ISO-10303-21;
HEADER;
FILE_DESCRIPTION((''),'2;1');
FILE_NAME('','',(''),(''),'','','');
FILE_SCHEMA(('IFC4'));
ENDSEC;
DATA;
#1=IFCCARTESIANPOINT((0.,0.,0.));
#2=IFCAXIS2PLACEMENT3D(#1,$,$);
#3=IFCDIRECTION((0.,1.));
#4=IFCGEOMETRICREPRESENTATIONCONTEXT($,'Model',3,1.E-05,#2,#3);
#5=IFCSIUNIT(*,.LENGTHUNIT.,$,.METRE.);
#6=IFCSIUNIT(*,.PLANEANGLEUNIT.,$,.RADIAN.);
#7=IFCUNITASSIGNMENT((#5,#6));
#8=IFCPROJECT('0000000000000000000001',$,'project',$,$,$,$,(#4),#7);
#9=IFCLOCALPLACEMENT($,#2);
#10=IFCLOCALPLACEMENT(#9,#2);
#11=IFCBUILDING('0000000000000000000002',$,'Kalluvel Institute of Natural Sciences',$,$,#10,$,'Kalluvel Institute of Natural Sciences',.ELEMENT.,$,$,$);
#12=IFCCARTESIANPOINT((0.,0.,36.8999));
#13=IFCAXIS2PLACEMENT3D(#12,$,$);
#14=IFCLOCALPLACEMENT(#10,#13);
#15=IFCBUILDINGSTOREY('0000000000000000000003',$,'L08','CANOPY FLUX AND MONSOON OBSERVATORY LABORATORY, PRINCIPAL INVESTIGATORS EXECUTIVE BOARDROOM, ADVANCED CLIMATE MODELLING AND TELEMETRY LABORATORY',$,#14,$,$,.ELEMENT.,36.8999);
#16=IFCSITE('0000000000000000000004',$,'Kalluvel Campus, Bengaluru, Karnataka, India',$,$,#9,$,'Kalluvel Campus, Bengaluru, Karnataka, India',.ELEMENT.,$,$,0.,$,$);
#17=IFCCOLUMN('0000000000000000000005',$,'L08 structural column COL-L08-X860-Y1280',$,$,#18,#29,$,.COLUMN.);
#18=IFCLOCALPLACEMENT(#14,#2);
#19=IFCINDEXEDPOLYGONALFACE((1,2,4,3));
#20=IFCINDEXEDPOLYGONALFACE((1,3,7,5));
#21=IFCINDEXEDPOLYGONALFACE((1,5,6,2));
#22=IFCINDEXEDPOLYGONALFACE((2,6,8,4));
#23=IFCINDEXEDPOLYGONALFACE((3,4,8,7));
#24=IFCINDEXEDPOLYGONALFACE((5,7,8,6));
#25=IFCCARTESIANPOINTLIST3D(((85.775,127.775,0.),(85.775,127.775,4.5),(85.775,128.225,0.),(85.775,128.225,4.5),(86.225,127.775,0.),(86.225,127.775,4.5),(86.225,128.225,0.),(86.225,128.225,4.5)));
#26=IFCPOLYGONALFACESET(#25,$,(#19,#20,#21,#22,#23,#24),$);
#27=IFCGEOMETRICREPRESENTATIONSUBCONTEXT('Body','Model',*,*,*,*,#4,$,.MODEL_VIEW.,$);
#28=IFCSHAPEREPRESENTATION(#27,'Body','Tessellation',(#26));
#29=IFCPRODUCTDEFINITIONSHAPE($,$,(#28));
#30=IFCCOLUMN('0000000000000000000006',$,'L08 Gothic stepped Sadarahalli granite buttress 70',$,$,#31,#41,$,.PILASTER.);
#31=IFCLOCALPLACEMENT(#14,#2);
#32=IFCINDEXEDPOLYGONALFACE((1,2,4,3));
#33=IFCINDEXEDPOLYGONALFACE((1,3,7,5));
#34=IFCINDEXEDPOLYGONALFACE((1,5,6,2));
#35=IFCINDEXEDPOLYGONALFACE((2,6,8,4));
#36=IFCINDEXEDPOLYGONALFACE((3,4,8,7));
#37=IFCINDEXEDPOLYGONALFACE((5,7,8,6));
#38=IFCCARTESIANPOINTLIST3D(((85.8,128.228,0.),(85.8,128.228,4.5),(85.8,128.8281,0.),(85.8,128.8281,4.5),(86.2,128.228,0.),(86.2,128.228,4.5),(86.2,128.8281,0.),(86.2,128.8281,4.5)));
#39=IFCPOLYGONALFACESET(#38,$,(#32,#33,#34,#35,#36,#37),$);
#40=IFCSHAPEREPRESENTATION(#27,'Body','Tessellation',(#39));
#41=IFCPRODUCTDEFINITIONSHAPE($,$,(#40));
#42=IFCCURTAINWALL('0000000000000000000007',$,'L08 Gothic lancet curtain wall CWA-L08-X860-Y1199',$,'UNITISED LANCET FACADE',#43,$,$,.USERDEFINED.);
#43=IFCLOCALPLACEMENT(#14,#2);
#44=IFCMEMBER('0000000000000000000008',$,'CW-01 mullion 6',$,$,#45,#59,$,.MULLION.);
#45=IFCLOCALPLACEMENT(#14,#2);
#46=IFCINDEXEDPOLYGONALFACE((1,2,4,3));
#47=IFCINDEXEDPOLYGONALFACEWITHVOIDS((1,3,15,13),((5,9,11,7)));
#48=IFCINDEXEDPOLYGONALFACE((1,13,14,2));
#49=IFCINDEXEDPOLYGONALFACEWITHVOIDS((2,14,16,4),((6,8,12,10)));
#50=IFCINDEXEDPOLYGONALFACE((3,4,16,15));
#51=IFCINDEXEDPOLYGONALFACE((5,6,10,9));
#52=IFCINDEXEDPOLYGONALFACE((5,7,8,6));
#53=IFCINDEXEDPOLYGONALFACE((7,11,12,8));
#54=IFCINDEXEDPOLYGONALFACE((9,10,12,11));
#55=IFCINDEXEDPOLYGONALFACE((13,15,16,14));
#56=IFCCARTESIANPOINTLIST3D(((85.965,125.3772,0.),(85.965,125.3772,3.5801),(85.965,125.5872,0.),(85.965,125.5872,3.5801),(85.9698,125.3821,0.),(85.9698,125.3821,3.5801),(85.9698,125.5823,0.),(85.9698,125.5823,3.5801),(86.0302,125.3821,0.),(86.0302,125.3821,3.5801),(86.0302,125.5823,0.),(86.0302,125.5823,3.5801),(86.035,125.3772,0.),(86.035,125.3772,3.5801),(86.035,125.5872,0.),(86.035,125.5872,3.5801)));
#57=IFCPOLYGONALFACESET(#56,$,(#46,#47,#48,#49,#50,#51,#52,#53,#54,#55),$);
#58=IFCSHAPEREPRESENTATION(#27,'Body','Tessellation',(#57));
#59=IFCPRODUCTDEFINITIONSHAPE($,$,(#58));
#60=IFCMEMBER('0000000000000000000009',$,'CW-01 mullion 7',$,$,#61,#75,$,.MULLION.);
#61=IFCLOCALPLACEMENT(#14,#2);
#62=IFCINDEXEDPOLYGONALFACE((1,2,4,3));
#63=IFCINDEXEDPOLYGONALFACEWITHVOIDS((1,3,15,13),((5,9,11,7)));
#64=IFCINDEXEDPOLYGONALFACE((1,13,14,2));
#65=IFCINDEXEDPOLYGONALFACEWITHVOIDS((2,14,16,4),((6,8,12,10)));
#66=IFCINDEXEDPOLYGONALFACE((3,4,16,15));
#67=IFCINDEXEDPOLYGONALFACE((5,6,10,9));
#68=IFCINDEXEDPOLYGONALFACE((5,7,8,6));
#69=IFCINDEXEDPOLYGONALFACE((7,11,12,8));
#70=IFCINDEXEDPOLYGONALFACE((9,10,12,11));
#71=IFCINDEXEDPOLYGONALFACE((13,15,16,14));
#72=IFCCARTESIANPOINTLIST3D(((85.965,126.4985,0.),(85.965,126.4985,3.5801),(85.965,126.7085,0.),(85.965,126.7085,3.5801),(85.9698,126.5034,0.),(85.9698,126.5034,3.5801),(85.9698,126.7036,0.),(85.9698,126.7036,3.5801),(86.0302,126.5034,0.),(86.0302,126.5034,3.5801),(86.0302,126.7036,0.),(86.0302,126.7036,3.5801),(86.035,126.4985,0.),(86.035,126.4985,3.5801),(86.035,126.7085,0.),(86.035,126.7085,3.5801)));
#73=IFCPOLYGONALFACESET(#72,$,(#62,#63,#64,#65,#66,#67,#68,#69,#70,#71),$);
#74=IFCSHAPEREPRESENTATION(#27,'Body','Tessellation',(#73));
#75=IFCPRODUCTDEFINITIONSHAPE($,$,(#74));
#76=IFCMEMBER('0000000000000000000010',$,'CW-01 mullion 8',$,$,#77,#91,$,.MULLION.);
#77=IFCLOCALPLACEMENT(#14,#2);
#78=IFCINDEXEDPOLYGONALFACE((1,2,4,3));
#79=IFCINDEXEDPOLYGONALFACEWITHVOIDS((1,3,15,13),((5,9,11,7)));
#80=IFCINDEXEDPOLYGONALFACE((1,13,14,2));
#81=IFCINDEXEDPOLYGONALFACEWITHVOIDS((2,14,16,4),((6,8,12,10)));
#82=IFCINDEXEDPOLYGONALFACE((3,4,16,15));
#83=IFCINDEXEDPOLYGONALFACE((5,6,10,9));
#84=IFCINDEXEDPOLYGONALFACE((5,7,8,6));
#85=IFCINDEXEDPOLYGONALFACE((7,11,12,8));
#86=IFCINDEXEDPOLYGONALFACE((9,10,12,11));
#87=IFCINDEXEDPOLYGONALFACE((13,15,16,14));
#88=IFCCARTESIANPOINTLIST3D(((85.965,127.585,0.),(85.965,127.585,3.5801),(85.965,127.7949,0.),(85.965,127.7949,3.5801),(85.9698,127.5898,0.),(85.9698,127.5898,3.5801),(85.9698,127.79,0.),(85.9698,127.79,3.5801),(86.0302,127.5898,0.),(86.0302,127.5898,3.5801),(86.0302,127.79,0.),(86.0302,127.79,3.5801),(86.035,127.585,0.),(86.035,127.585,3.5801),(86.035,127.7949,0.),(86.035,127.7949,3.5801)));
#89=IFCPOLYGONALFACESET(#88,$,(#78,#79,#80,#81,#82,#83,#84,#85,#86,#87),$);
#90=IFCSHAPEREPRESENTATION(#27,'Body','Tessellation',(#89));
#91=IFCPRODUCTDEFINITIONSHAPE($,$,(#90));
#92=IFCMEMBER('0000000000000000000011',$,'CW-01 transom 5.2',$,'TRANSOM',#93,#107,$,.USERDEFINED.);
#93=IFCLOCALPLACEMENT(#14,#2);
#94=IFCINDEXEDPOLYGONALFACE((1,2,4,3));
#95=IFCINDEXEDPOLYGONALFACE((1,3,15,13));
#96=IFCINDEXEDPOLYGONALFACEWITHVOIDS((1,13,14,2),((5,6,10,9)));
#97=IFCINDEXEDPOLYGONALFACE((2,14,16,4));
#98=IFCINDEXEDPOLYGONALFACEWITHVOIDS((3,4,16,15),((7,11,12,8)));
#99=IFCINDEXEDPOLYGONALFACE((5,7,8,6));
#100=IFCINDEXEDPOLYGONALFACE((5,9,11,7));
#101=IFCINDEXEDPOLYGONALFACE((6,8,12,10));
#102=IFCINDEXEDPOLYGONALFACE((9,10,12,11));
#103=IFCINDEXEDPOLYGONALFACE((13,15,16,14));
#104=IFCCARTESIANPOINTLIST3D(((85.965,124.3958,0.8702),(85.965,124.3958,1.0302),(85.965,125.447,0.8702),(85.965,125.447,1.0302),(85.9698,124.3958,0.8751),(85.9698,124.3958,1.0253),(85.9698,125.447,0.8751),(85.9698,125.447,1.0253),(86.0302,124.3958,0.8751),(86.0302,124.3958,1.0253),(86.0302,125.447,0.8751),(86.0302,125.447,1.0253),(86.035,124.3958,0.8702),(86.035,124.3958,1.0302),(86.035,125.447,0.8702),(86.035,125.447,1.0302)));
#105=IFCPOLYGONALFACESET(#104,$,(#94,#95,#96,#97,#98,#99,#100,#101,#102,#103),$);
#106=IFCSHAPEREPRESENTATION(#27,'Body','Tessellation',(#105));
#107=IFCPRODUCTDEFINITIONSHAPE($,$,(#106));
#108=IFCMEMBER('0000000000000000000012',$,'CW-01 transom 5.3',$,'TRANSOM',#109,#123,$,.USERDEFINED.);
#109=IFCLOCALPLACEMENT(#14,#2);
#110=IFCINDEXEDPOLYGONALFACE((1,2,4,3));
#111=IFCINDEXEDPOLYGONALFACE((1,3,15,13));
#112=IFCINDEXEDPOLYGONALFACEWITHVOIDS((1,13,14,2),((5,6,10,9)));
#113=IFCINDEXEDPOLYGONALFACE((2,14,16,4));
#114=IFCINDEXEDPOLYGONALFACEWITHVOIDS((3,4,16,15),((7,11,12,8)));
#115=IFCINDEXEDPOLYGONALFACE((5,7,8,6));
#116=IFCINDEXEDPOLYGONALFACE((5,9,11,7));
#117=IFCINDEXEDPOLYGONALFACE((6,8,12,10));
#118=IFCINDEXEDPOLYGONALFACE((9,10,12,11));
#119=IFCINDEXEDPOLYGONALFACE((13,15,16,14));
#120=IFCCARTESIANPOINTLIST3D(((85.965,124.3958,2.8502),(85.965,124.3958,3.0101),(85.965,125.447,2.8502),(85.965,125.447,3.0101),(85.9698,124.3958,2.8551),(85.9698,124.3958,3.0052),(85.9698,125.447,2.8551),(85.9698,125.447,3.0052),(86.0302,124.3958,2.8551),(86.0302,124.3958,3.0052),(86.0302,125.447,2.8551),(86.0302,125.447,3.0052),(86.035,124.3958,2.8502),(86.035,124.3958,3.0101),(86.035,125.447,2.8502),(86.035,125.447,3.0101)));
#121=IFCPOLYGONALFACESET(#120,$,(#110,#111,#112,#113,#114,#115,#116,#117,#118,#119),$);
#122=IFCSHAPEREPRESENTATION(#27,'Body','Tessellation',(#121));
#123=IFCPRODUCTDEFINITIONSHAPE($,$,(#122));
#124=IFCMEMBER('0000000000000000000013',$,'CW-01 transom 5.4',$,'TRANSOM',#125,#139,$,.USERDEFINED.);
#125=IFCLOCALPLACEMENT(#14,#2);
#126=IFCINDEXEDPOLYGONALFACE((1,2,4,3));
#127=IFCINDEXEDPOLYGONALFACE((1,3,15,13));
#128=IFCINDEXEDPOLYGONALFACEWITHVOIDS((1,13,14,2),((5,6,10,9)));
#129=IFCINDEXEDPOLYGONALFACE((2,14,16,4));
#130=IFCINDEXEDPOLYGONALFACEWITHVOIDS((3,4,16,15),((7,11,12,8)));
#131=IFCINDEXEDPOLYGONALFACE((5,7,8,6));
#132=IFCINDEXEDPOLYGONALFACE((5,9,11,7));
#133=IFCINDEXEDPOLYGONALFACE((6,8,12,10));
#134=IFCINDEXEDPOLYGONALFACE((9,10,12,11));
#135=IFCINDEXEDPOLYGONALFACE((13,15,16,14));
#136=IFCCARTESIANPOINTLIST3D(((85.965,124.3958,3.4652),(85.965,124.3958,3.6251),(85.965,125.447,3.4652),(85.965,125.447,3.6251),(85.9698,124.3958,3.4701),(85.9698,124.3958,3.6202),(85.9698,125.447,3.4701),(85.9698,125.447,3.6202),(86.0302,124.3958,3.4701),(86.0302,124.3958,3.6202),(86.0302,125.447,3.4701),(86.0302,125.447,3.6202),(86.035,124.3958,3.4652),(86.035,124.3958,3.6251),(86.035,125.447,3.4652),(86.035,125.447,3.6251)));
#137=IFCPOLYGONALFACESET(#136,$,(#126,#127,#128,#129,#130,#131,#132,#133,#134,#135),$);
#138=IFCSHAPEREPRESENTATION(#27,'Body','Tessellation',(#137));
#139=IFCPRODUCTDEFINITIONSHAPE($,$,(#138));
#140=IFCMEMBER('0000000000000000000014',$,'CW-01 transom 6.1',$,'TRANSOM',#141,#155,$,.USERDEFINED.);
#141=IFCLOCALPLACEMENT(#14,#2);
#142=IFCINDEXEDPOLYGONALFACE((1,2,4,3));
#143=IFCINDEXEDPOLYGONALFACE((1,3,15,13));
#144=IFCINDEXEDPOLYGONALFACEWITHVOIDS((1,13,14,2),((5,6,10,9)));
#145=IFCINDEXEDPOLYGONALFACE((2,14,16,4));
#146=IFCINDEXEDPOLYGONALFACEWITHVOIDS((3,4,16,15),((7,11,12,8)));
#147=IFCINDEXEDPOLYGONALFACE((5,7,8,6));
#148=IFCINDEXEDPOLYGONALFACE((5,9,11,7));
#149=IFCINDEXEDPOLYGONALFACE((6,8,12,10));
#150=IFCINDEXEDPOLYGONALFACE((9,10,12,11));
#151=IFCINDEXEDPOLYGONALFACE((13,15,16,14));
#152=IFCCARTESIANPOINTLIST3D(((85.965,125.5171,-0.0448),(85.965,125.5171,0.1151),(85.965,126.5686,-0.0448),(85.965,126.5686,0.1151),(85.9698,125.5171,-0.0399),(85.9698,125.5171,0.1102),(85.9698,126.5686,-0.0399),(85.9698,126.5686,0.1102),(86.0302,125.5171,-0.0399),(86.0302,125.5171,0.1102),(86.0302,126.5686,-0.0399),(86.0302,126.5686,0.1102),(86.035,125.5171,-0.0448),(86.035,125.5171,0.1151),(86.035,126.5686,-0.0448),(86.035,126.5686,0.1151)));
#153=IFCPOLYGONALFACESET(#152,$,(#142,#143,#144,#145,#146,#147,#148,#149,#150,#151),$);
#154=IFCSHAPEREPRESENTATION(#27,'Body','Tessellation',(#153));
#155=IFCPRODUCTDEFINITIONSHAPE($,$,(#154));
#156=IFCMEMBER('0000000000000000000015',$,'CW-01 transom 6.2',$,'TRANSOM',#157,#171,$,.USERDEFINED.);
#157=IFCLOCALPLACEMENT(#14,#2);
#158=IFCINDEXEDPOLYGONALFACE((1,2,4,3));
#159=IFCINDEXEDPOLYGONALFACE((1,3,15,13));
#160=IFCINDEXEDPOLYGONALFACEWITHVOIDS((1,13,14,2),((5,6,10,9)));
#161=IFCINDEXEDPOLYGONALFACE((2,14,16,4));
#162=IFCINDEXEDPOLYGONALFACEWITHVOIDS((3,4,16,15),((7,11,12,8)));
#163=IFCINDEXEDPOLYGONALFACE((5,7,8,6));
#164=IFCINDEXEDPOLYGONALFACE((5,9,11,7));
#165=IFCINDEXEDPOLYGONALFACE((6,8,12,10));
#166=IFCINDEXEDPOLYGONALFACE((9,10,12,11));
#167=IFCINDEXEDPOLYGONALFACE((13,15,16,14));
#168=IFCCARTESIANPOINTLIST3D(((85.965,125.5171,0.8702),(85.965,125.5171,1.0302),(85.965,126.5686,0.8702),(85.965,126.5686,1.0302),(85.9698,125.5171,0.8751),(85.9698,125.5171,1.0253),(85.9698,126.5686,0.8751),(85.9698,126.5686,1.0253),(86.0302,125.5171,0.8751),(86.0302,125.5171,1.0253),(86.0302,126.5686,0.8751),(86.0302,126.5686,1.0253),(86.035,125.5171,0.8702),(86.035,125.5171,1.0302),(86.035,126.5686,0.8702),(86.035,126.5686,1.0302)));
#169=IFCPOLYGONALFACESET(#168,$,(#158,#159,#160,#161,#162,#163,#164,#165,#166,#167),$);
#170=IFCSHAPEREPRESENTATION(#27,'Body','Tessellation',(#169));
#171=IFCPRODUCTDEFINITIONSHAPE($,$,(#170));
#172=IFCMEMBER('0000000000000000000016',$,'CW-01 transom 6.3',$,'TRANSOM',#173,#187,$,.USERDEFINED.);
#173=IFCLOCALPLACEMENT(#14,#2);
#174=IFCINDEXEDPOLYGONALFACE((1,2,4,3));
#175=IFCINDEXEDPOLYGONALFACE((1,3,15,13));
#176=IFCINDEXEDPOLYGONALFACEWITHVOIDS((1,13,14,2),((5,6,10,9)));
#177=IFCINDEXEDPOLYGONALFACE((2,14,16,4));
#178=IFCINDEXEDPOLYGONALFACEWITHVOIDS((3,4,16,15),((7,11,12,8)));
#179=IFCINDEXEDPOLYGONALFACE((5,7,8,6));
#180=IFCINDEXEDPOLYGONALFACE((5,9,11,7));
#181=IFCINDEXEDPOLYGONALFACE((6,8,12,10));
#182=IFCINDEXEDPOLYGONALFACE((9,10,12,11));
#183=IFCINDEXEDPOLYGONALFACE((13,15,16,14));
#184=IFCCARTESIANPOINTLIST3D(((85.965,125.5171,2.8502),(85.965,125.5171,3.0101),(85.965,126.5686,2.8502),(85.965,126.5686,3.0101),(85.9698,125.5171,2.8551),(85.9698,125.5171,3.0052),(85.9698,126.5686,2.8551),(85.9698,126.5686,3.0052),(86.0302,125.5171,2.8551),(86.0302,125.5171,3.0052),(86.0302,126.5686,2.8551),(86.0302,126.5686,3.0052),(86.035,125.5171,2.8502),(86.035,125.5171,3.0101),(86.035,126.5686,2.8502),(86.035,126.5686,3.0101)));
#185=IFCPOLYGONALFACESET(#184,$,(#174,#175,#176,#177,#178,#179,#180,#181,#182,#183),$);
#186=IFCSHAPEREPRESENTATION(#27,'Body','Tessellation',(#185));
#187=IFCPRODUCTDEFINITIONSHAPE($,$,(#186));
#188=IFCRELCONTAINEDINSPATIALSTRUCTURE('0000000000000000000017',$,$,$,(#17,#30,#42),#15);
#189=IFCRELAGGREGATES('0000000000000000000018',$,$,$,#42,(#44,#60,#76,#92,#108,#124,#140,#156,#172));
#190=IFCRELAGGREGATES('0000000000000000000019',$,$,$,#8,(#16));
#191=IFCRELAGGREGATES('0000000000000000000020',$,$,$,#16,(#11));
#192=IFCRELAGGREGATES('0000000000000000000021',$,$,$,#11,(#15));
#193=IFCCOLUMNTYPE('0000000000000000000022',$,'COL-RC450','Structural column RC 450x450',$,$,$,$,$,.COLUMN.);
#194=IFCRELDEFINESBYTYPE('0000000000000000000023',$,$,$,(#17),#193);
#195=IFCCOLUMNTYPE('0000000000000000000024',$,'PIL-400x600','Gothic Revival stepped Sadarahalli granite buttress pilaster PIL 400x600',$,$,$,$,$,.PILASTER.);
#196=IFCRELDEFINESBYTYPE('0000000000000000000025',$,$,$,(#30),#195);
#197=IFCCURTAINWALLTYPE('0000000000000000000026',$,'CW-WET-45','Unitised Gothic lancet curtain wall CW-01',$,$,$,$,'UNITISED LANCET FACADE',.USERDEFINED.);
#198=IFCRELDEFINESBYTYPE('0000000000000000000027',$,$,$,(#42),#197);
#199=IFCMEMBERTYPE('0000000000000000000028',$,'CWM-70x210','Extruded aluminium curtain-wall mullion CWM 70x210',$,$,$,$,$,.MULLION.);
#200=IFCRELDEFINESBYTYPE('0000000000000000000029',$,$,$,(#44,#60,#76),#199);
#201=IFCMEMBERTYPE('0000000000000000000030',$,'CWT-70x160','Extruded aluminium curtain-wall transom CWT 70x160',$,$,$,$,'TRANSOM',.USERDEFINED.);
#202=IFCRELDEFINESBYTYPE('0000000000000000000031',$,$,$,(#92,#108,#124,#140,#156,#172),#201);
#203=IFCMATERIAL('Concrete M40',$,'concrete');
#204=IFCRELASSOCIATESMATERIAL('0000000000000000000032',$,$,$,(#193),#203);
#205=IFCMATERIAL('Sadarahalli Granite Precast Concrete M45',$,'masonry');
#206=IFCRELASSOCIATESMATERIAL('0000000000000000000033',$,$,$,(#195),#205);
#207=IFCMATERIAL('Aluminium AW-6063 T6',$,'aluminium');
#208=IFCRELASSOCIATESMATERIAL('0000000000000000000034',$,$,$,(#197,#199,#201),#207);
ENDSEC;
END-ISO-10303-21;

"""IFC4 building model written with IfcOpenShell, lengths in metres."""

from ifc_helpers import new_model, si_unit, direction, frame, origin, origin_2d, place, context, subcontext, project, spatial, rectangle, hollow_rectangle, extrude, material, material_profile, profile_set, type_object, element, aggregate, save


model = new_model("IFC4")

# Units and contexts
model_context = context("Model", 3, precision=1e-05, world=origin(), true_north=direction((0.0, 1.0)))
body_context = subcontext(model_context, "Body", "Model", "MODEL_VIEW")
ifc_project = project(units=[si_unit("LENGTHUNIT", "METRE"), si_unit("PLANEANGLEUNIT", "RADIAN")], contexts=[model_context])

# Site, building, storey
site_placement = place(None, origin())
site = spatial("IfcSite", under=ifc_project, at=site_placement, Name="Kalluvel Campus, Bengaluru, Karnataka, India", LongName="Kalluvel Campus, Bengaluru, Karnataka, India", CompositionType="ELEMENT", RefElevation=0.0)
building_placement = place(site_placement, origin())
building = spatial("IfcBuilding", under=site, at=building_placement, Name="Kalluvel Institute of Natural Sciences", LongName="Kalluvel Institute of Natural Sciences", CompositionType="ELEMENT")
storey_placement = place(building_placement, frame((0.0, 0.0, 36.8999)))
storey = spatial("IfcBuildingStorey", under=building, at=storey_placement, Name="L08", Description="CANOPY FLUX AND MONSOON OBSERVATORY LABORATORY, PRINCIPAL INVESTIGATORS EXECUTIVE BOARDROOM, ADVANCED CLIMATE MODELLING AND TELEMETRY LABORATORY", CompositionType="ELEMENT", Elevation=36.8999)

# Columns
ifc_material_1 = material(Name="Concrete M40", Category="concrete")
ifc_material_profile_1 = material_profile(ifc_material_1, rectangle(XDim=0.45, YDim=0.45, at=origin_2d()), Name="RC 450x450")
ifc_profile_set_1 = profile_set([ifc_material_profile_1], Name="Concrete M40")
column_type_1 = type_object("IfcColumnType", Name="COL-RC450", Description="Structural column RC 450x450", PredefinedType="COLUMN", material=ifc_profile_set_1)
column_1_placement = place(storey_placement, frame((86.0, 128.0, 0.0), z_axis=(0.0, 0.0, 1.0), x_axis=(1.0, 0.0, 0.0)))
element("IfcColumn", 1, at=column_1_placement, inside=storey, type_object=column_type_1, Name="L08 structural column COL-L08-X860-Y1280", PredefinedType="COLUMN", context=body_context, shape_type="SweptSolid", body=[
    extrude(rectangle(XDim=0.45, YDim=0.45, at=origin_2d()), origin(), (0.0, 0.0, 1.0), 4.5),
])
ifc_material_2 = material(Name="Sadarahalli Granite Precast Concrete M45", Category="masonry")
ifc_material_profile_2 = material_profile(ifc_material_2, rectangle(XDim=0.3999, YDim=0.6001, at=origin_2d()), Name="PIL 400x600")
ifc_profile_set_2 = profile_set([ifc_material_profile_2], Name="Sadarahalli Granite Precast Concrete M45")
column_type_2 = type_object("IfcColumnType", Name="PIL-400x600", Description="Gothic Revival stepped Sadarahalli granite buttress pilaster PIL 400x600", PredefinedType="PILASTER", material=ifc_profile_set_2)
column_2_placement = place(storey_placement, frame((86.0, 128.5281, 0.0), z_axis=(0.0, 0.0, 1.0), x_axis=(1.0, 0.0, 0.0)))
element("IfcColumn", 2, at=column_2_placement, inside=storey, type_object=column_type_2, Name="L08 Gothic stepped Sadarahalli granite buttress 70", PredefinedType="PILASTER", context=body_context, shape_type="SweptSolid", body=[
    extrude(rectangle(XDim=0.3999, YDim=0.6001, at=origin_2d()), origin(), (0.0, 0.0, 1.0), 4.5),
])

# Curtain wall, members
ifc_material_3 = material(Name="Aluminium AW-6063 T6", Category="aluminium")
curtain_wall_type = type_object("IfcCurtainWallType", Name="CW-WET-45", Description="Unitised Gothic lancet curtain wall CW-01", ElementType="UNITISED LANCET FACADE", PredefinedType="USERDEFINED", material=ifc_material_3)
curtain_wall_placement = place(storey_placement, origin())
curtain_wall = element("IfcCurtainWall", 3, at=curtain_wall_placement, inside=storey, type_object=curtain_wall_type, Name="L08 Gothic lancet curtain wall CWA-L08-X860-Y1199", ObjectType="UNITISED LANCET FACADE", PredefinedType="USERDEFINED")
ifc_material_profile_3 = material_profile(ifc_material_3, hollow_rectangle(XDim=0.0701, YDim=0.21, WallThickness=0.0049, at=origin_2d()), Name="CWM 70x210")
ifc_profile_set_3 = profile_set([ifc_material_profile_3], Name="Aluminium AW-6063 T6")
member_type_1 = type_object("IfcMemberType", Name="CWM-70x210", Description="Extruded aluminium curtain-wall mullion CWM 70x210", PredefinedType="MULLION", material=ifc_profile_set_3)
member_1_placement = place(storey_placement, frame((86.0, 125.4822, 0.0), z_axis=(0.0, 0.0, 1.0), x_axis=(-1.0, 0.0, 0.0)))
member_1 = element("IfcMember", 4, at=member_1_placement, type_object=member_type_1, Name="CW-01 mullion 6", PredefinedType="MULLION", context=body_context, shape_type="SweptSolid", body=[
    extrude(hollow_rectangle(XDim=0.0701, YDim=0.21, WallThickness=0.0049, at=origin_2d()), origin(), (0.0, 0.0, 1.0), 3.5801),
])
member_2_placement = place(storey_placement, frame((86.0, 126.6035, 0.0), z_axis=(0.0, 0.0, 1.0), x_axis=(-1.0, 0.0, 0.0)))
member_2 = element("IfcMember", 5, at=member_2_placement, type_object=member_type_1, Name="CW-01 mullion 7", PredefinedType="MULLION", context=body_context, shape_type="SweptSolid", body=[
    extrude(hollow_rectangle(XDim=0.0701, YDim=0.21, WallThickness=0.0049, at=origin_2d()), origin(), (0.0, 0.0, 1.0), 3.5801),
])
member_3_placement = place(storey_placement, frame((86.0, 127.6899, 0.0), z_axis=(0.0, 0.0, 1.0), x_axis=(-1.0, 0.0, 0.0)))
member_3 = element("IfcMember", 6, at=member_3_placement, type_object=member_type_1, Name="CW-01 mullion 8", PredefinedType="MULLION", context=body_context, shape_type="SweptSolid", body=[
    extrude(hollow_rectangle(XDim=0.0701, YDim=0.21, WallThickness=0.0049, at=origin_2d()), origin(), (0.0, 0.0, 1.0), 3.5801),
])
ifc_material_profile_4 = material_profile(ifc_material_3, hollow_rectangle(XDim=0.0701, YDim=0.1599, WallThickness=0.0049, at=origin_2d()), Name="CWT 70x160")
ifc_profile_set_4 = profile_set([ifc_material_profile_4], Name="Aluminium AW-6063 T6")
member_type_2 = type_object("IfcMemberType", Name="CWT-70x160", Description="Extruded aluminium curtain-wall transom CWT 70x160", ElementType="TRANSOM", PredefinedType="USERDEFINED", material=ifc_profile_set_4)
member_4_placement = place(storey_placement, frame((86.0, 124.3958, 0.9502), z_axis=(0.0, 1.0, 0.0), x_axis=(-1.0, 0.0, 0.0)))
member_4 = element("IfcMember", 7, at=member_4_placement, type_object=member_type_2, Name="CW-01 transom 5.2", ObjectType="TRANSOM", PredefinedType="USERDEFINED", context=body_context, shape_type="SweptSolid", body=[
    extrude(hollow_rectangle(XDim=0.0701, YDim=0.1599, WallThickness=0.0049, at=origin_2d()), origin(), (0.0, 0.0, 1.0), 1.0513),
])
member_5_placement = place(storey_placement, frame((86.0, 124.3958, 2.9302), z_axis=(0.0, 1.0, 0.0), x_axis=(-1.0, 0.0, 0.0)))
member_5 = element("IfcMember", 8, at=member_5_placement, type_object=member_type_2, Name="CW-01 transom 5.3", ObjectType="TRANSOM", PredefinedType="USERDEFINED", context=body_context, shape_type="SweptSolid", body=[
    extrude(hollow_rectangle(XDim=0.0701, YDim=0.1599, WallThickness=0.0049, at=origin_2d()), origin(), (0.0, 0.0, 1.0), 1.0513),
])
member_6_placement = place(storey_placement, frame((86.0, 124.3958, 3.5452), z_axis=(0.0, 1.0, 0.0), x_axis=(-1.0, 0.0, 0.0)))
member_6 = element("IfcMember", 9, at=member_6_placement, type_object=member_type_2, Name="CW-01 transom 5.4", ObjectType="TRANSOM", PredefinedType="USERDEFINED", context=body_context, shape_type="SweptSolid", body=[
    extrude(hollow_rectangle(XDim=0.0701, YDim=0.1599, WallThickness=0.0049, at=origin_2d()), origin(), (0.0, 0.0, 1.0), 1.0513),
])
member_7_placement = place(storey_placement, frame((86.0, 125.5171, 0.0352), z_axis=(0.0, 1.0, 0.0), x_axis=(-1.0, 0.0, 0.0)))
member_7 = element("IfcMember", 10, at=member_7_placement, type_object=member_type_2, Name="CW-01 transom 6.1", ObjectType="TRANSOM", PredefinedType="USERDEFINED", context=body_context, shape_type="SweptSolid", body=[
    extrude(hollow_rectangle(XDim=0.0701, YDim=0.1599, WallThickness=0.0049, at=origin_2d()), origin(), (0.0, 0.0, 1.0), 1.0515),
])
member_8_placement = place(storey_placement, frame((86.0, 125.5171, 0.9502), z_axis=(0.0, 1.0, 0.0), x_axis=(-1.0, 0.0, 0.0)))
member_8 = element("IfcMember", 11, at=member_8_placement, type_object=member_type_2, Name="CW-01 transom 6.2", ObjectType="TRANSOM", PredefinedType="USERDEFINED", context=body_context, shape_type="SweptSolid", body=[
    extrude(hollow_rectangle(XDim=0.0701, YDim=0.1599, WallThickness=0.0049, at=origin_2d()), origin(), (0.0, 0.0, 1.0), 1.0515),
])
member_9_placement = place(storey_placement, frame((86.0, 125.5171, 2.9302), z_axis=(0.0, 1.0, 0.0), x_axis=(-1.0, 0.0, 0.0)))
member_9 = element("IfcMember", 12, at=member_9_placement, type_object=member_type_2, Name="CW-01 transom 6.3", ObjectType="TRANSOM", PredefinedType="USERDEFINED", context=body_context, shape_type="SweptSolid", body=[
    extrude(hollow_rectangle(XDim=0.0701, YDim=0.1599, WallThickness=0.0049, at=origin_2d()), origin(), (0.0, 0.0, 1.0), 1.0515),
])

aggregate(curtain_wall, [member_1, member_2, member_3, member_4, member_5, member_6, member_7, member_8, member_9])

save(model, "model.ifc")
